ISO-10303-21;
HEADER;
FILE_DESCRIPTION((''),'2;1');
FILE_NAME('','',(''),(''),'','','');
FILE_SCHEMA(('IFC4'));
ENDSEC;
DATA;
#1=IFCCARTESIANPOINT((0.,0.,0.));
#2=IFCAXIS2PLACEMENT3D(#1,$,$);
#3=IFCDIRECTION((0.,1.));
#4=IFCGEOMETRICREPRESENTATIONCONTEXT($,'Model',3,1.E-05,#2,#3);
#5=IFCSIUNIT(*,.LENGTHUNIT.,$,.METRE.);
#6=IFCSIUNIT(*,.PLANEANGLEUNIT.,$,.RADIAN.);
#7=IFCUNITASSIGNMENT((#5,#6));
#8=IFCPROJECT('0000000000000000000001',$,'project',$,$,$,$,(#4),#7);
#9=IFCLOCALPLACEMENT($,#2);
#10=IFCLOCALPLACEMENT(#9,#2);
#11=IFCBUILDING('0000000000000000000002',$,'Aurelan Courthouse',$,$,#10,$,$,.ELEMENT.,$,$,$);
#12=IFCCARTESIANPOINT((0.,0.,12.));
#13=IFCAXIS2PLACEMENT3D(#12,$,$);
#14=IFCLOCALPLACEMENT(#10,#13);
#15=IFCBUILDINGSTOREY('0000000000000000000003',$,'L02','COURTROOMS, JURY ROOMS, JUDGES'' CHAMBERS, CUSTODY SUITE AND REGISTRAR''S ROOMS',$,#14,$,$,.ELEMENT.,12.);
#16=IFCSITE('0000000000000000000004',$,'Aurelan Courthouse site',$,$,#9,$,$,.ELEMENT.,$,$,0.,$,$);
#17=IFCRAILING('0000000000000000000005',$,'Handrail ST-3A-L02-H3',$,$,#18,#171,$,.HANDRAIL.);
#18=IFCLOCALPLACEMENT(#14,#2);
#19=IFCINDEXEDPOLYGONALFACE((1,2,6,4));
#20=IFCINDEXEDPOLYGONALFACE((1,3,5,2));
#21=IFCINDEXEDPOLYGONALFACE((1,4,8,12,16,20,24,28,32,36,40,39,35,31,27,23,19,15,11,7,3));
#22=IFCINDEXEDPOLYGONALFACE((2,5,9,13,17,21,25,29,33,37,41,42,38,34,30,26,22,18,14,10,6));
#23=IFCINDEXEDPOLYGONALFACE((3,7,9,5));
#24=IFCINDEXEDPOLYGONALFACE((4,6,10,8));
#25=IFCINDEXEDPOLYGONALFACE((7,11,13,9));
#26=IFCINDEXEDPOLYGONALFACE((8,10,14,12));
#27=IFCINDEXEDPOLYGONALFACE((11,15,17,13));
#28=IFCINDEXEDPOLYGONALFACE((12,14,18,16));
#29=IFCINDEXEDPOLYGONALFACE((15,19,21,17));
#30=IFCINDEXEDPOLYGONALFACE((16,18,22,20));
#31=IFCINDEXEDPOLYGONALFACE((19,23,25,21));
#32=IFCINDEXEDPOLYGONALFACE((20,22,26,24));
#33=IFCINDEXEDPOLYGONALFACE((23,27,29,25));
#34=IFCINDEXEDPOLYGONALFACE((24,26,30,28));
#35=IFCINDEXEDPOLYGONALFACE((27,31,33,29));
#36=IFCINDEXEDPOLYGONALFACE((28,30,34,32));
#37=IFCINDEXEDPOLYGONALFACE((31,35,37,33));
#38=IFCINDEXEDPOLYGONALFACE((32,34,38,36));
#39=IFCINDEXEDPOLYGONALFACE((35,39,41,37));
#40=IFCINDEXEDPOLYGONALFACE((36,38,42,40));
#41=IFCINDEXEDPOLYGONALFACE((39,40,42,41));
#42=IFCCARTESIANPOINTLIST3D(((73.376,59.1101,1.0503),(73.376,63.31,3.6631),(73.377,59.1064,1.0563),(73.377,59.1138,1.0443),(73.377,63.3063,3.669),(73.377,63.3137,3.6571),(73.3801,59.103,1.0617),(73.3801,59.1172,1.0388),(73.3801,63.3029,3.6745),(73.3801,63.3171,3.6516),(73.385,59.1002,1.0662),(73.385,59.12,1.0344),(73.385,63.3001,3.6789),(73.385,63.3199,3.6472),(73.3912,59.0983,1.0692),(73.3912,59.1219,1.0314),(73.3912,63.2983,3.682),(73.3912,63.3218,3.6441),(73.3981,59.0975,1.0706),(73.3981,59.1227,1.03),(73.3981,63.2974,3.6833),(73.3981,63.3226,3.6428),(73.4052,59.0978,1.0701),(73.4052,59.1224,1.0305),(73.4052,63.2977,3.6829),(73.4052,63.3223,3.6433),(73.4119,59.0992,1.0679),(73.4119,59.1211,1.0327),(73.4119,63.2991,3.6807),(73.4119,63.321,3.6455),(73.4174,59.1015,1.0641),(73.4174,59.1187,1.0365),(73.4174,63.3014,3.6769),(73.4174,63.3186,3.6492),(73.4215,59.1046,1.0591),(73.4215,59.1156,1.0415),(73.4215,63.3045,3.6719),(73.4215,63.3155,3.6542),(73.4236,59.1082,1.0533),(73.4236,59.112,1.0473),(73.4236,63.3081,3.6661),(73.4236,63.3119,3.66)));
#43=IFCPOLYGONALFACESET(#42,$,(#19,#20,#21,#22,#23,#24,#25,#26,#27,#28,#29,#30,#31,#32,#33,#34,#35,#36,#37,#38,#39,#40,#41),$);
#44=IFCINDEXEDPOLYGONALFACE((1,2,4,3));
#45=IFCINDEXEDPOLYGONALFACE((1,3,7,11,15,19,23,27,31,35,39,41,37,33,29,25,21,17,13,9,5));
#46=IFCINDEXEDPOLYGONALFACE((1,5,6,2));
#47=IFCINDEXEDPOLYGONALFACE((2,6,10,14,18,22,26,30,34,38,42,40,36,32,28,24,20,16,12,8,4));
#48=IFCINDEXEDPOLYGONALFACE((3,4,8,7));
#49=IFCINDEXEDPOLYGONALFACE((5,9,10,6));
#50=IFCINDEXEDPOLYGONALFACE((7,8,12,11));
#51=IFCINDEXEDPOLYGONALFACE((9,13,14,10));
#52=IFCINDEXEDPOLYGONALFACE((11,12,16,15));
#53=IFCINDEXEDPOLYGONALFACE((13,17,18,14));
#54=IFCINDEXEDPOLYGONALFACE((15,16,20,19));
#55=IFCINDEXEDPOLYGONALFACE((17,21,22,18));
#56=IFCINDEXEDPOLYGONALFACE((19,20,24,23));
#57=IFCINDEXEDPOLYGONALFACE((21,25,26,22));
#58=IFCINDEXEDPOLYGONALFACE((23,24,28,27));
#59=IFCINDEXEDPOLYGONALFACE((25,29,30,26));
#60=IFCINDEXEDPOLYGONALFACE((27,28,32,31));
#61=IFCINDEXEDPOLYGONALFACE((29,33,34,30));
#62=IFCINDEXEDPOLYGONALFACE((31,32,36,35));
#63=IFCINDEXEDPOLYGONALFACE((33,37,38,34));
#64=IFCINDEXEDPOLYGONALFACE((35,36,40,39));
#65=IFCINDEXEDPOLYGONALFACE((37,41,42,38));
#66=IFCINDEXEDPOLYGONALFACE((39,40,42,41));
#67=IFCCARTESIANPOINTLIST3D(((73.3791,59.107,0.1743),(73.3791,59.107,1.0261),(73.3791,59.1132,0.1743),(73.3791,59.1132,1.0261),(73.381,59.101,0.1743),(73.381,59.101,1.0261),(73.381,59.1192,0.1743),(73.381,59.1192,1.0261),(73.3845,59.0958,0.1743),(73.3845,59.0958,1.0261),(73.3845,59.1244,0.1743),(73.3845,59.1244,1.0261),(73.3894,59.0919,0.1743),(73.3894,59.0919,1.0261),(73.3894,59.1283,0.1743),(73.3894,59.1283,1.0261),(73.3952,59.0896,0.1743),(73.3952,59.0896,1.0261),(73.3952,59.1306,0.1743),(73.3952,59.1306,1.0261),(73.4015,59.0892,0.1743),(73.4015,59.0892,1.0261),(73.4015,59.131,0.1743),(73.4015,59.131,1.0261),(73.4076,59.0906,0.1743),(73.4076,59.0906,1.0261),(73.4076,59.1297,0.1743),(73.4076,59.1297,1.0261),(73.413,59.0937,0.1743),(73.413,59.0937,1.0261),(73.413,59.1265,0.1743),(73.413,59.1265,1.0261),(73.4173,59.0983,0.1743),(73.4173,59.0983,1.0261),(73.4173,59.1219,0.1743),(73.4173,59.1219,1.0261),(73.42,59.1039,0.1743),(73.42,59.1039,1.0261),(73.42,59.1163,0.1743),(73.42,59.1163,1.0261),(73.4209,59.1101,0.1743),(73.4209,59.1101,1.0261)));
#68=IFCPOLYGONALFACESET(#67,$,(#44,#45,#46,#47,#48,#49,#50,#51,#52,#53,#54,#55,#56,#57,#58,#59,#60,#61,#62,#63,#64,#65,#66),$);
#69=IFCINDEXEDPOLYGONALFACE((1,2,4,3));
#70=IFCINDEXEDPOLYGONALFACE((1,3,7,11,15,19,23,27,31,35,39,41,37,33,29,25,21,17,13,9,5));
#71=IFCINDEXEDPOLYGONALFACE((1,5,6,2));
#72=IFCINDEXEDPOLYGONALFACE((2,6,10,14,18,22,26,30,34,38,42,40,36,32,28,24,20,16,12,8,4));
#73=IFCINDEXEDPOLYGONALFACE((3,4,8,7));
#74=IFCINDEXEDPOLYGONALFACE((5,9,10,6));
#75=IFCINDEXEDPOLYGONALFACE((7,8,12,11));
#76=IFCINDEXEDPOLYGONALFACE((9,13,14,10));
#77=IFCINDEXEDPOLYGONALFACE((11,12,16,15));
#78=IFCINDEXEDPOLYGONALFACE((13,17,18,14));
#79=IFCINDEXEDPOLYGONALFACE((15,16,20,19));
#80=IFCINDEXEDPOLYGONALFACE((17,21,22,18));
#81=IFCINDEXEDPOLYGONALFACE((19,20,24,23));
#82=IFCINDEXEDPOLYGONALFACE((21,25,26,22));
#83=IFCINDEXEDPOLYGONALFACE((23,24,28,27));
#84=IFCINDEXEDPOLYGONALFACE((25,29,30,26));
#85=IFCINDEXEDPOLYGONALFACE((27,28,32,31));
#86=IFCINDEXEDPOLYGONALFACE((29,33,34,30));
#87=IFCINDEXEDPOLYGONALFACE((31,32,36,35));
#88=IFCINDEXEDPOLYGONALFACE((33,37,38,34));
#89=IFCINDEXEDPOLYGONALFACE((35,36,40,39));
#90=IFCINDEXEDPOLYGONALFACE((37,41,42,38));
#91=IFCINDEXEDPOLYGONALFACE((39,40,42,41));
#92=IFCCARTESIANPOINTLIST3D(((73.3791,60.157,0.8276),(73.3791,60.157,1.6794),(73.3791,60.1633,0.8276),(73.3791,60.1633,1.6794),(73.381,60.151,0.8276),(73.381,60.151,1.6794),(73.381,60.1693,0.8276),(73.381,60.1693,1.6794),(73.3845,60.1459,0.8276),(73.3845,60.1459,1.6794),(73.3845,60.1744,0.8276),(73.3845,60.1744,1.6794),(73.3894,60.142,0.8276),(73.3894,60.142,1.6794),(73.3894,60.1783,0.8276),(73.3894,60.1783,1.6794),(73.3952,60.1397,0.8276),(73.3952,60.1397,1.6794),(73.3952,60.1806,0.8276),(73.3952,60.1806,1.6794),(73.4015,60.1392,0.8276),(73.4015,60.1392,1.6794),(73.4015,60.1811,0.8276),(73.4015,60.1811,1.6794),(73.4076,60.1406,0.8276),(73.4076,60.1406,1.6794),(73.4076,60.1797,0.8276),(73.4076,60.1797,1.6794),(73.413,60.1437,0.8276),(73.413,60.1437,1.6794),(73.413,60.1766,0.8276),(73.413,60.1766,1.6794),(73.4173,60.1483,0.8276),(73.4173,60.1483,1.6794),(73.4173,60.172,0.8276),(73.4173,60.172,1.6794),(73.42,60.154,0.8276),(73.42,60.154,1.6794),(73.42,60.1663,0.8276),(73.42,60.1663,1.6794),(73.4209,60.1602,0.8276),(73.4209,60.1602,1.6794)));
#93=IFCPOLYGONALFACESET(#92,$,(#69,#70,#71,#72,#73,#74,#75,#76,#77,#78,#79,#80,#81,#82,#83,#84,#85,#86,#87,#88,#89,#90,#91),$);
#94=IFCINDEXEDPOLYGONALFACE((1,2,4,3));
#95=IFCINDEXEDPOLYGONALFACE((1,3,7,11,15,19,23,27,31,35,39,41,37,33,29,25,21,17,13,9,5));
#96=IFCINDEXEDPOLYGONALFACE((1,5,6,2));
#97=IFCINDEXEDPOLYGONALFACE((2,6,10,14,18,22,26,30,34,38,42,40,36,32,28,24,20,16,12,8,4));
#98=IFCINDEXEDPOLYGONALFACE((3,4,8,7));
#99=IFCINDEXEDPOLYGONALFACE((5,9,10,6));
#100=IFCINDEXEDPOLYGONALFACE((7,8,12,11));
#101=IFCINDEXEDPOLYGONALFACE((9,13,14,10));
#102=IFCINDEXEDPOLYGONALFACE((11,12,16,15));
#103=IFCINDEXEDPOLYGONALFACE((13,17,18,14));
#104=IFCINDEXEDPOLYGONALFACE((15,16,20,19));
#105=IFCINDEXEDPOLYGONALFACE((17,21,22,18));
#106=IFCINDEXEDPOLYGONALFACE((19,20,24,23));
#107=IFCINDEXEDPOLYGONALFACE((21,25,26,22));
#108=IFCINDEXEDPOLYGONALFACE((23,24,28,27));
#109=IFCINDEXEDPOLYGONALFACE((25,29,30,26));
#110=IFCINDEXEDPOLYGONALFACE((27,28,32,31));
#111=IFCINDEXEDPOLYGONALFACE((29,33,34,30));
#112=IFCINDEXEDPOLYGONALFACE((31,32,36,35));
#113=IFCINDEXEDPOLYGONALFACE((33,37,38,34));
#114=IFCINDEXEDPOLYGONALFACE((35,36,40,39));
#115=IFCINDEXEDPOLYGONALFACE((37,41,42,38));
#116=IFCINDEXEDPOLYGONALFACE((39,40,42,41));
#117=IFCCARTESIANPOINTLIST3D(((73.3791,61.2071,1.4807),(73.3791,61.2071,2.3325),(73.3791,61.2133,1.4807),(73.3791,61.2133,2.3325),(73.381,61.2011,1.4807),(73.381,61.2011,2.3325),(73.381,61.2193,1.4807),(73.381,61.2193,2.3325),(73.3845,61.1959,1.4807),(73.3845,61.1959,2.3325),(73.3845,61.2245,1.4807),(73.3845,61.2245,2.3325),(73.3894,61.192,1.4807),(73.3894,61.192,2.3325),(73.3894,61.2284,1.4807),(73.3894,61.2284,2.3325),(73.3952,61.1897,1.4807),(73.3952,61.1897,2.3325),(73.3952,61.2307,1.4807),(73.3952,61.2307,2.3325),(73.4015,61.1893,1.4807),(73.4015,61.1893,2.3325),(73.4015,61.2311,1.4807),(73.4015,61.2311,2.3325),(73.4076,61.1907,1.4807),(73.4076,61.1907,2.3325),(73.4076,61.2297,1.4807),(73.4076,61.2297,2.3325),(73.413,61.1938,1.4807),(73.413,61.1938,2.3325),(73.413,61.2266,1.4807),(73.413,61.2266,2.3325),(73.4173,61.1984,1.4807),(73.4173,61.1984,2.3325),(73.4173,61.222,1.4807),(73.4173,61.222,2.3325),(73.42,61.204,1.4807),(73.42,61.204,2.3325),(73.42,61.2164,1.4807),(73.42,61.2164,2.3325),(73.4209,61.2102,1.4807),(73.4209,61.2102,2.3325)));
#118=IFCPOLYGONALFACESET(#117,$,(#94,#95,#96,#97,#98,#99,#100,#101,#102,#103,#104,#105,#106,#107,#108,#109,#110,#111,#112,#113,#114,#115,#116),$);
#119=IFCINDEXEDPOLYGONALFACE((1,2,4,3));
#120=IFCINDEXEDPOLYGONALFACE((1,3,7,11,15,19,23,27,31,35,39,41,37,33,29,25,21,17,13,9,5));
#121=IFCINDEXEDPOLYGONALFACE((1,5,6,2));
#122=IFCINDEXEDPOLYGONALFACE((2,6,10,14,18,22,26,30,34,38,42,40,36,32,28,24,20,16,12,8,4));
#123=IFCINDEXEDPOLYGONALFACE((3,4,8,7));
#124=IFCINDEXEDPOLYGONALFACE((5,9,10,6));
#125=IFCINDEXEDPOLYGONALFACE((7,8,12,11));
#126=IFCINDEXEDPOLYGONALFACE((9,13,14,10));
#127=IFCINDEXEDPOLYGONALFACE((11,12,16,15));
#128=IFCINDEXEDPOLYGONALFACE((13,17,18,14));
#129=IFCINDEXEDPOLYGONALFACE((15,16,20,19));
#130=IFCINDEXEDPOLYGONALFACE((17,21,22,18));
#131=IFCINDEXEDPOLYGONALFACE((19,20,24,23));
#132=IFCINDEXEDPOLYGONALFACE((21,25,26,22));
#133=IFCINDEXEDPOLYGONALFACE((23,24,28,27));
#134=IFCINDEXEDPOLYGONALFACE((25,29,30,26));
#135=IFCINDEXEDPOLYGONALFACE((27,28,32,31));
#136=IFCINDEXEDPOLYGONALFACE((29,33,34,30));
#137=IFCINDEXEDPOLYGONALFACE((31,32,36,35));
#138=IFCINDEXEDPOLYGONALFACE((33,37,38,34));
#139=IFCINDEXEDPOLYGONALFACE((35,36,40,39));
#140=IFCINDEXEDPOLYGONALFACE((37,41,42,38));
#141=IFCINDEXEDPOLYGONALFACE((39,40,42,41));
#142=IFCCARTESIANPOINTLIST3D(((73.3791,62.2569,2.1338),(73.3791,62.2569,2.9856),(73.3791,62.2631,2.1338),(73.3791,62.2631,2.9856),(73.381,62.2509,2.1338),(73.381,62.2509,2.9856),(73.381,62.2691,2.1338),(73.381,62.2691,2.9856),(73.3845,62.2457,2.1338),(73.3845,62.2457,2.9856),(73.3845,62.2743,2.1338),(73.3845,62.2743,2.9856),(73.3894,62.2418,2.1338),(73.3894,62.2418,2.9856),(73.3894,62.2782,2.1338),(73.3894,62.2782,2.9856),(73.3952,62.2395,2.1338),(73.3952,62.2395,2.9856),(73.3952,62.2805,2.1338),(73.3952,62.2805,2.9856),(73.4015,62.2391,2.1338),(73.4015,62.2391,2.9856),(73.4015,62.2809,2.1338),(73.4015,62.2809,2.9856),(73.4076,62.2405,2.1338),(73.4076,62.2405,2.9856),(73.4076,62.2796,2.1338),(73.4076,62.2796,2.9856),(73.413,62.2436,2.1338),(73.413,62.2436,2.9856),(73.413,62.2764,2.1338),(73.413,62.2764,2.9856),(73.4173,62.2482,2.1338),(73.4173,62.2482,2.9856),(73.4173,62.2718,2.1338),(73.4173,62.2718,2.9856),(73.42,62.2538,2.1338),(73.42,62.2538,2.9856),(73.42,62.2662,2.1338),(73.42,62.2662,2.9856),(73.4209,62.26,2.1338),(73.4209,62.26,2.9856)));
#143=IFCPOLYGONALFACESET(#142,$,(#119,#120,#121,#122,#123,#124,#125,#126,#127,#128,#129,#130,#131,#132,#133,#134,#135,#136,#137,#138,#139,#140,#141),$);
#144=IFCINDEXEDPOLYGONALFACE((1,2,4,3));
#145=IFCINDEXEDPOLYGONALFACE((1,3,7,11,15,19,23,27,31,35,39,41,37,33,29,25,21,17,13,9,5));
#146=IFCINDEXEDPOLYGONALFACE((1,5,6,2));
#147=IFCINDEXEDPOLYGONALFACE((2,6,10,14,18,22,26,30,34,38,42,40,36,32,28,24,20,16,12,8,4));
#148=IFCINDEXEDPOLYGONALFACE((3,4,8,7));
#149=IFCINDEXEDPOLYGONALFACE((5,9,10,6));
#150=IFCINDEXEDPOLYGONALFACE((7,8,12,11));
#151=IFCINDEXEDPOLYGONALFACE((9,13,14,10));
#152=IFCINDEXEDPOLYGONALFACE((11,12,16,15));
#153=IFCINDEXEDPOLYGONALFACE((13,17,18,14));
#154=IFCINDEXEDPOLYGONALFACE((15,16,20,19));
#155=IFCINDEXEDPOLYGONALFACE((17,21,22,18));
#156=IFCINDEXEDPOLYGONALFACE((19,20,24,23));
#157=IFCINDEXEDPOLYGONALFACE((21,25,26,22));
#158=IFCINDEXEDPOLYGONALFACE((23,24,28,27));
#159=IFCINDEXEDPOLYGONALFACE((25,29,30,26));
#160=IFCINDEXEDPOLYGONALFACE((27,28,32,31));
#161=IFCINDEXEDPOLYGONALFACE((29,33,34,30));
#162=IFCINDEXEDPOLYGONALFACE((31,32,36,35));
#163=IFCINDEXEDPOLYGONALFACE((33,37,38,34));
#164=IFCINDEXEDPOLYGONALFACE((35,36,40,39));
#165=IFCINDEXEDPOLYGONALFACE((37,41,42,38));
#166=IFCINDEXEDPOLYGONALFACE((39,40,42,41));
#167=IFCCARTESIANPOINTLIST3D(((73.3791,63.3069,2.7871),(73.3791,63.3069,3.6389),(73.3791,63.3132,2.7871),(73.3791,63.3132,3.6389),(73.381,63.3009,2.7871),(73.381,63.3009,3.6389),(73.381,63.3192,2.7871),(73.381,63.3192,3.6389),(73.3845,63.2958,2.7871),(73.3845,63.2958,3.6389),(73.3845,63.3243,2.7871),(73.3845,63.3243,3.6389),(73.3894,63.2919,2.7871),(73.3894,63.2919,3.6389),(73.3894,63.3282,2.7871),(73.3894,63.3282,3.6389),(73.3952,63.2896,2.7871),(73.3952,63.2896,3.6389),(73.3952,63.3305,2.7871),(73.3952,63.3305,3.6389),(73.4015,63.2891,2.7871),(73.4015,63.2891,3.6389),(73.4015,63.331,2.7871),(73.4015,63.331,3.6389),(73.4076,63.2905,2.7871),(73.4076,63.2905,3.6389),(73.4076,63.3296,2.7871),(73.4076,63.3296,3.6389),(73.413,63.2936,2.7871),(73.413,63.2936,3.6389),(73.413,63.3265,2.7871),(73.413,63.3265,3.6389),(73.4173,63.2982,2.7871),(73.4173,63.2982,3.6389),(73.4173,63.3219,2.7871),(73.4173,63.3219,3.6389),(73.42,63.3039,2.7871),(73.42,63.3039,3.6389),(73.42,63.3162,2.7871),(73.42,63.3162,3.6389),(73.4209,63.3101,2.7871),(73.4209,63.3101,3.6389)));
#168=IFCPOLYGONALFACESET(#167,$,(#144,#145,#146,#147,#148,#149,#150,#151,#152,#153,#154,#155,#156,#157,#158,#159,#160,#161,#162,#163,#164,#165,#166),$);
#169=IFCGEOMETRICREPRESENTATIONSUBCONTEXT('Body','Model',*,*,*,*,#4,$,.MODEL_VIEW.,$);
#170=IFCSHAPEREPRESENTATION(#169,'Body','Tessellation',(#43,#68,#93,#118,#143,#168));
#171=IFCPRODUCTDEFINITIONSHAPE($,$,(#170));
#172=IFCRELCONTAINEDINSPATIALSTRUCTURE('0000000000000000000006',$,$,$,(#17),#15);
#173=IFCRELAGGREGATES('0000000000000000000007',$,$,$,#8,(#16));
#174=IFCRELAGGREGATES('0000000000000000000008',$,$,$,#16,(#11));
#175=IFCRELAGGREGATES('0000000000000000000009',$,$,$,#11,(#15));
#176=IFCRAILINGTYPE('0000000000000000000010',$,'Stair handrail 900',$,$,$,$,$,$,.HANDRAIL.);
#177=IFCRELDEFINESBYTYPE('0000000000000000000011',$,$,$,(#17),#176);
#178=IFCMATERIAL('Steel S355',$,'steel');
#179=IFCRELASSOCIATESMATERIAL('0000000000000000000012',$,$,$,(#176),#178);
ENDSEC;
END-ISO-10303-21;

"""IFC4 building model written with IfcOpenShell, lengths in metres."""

from ifc_helpers import new_model, si_unit, direction, frame, origin, origin_2d, place, context, subcontext, project, spatial, circle, extrude, material, type_object, element, save


model = new_model("IFC4")

# Units and contexts
model_context = context("Model", 3, precision=1e-05, world=origin(), true_north=direction((0.0, 1.0)))
body_context = subcontext(model_context, "Body", "Model", "MODEL_VIEW")
ifc_project = project(units=[si_unit("LENGTHUNIT", "METRE"), si_unit("PLANEANGLEUNIT", "RADIAN")], contexts=[model_context])

# Site, building, storey
site_placement = place(None, origin())
site = spatial("IfcSite", under=ifc_project, at=site_placement, Name="Aurelan Courthouse site", CompositionType="ELEMENT", RefElevation=0.0)
building_placement = place(site_placement, origin())
building = spatial("IfcBuilding", under=site, at=building_placement, Name="Aurelan Courthouse", CompositionType="ELEMENT")
storey_placement = place(building_placement, frame((0.0, 0.0, 12.0)))
storey = spatial("IfcBuildingStorey", under=building, at=storey_placement, Name="L02", Description="COURTROOMS, JURY ROOMS, JUDGES' CHAMBERS, CUSTODY SUITE AND REGISTRAR'S ROOMS", CompositionType="ELEMENT", Elevation=12.0)

# Railing
ifc_material_1 = material(Name="Steel S355", Category="steel")
railing_type = type_object("IfcRailingType", Name="Stair handrail 900", PredefinedType="HANDRAIL", material=ifc_material_1)
for number, where, name in (
    (1, (73.3999, 59.1101, 0.1743), "Handrail ST-3A-L02-H3"),
):
    element("IfcRailing", number, at=place(storey_placement, frame(where)), inside=storey, type_object=railing_type, Name=name, PredefinedType="HANDRAIL", context=body_context, shape_type="SweptSolid", body=[
        extrude(circle(Radius=0.0239, at=origin_2d()), frame((0.0, 0.0, 0.876), z_axis=(0.0, 0.849103, 0.528228), x_axis=(-1.0, 0.0, 0.0)), (0.0, 0.0, 1.0), 4.9463),
        extrude(circle(Radius=0.021, at=origin_2d()), origin(), (0.0, 0.0, 1.0), 0.8518),
        extrude(circle(Radius=0.021, at=origin_2d()), frame((0.0, 1.05, 0.6533)), (0.0, 0.0, 1.0), 0.8518),
        extrude(circle(Radius=0.021, at=origin_2d()), frame((0.0, 2.1001, 1.3064)), (0.0, 0.0, 1.0), 0.8518),
        extrude(circle(Radius=0.021, at=origin_2d()), frame((0.0, 3.1499, 1.9595)), (0.0, 0.0, 1.0), 0.8518),
        extrude(circle(Radius=0.021, at=origin_2d()), frame((0.0, 4.2, 2.6128)), (0.0, 0.0, 1.0), 0.8518),
    ])

save(model, "model.ifc")
